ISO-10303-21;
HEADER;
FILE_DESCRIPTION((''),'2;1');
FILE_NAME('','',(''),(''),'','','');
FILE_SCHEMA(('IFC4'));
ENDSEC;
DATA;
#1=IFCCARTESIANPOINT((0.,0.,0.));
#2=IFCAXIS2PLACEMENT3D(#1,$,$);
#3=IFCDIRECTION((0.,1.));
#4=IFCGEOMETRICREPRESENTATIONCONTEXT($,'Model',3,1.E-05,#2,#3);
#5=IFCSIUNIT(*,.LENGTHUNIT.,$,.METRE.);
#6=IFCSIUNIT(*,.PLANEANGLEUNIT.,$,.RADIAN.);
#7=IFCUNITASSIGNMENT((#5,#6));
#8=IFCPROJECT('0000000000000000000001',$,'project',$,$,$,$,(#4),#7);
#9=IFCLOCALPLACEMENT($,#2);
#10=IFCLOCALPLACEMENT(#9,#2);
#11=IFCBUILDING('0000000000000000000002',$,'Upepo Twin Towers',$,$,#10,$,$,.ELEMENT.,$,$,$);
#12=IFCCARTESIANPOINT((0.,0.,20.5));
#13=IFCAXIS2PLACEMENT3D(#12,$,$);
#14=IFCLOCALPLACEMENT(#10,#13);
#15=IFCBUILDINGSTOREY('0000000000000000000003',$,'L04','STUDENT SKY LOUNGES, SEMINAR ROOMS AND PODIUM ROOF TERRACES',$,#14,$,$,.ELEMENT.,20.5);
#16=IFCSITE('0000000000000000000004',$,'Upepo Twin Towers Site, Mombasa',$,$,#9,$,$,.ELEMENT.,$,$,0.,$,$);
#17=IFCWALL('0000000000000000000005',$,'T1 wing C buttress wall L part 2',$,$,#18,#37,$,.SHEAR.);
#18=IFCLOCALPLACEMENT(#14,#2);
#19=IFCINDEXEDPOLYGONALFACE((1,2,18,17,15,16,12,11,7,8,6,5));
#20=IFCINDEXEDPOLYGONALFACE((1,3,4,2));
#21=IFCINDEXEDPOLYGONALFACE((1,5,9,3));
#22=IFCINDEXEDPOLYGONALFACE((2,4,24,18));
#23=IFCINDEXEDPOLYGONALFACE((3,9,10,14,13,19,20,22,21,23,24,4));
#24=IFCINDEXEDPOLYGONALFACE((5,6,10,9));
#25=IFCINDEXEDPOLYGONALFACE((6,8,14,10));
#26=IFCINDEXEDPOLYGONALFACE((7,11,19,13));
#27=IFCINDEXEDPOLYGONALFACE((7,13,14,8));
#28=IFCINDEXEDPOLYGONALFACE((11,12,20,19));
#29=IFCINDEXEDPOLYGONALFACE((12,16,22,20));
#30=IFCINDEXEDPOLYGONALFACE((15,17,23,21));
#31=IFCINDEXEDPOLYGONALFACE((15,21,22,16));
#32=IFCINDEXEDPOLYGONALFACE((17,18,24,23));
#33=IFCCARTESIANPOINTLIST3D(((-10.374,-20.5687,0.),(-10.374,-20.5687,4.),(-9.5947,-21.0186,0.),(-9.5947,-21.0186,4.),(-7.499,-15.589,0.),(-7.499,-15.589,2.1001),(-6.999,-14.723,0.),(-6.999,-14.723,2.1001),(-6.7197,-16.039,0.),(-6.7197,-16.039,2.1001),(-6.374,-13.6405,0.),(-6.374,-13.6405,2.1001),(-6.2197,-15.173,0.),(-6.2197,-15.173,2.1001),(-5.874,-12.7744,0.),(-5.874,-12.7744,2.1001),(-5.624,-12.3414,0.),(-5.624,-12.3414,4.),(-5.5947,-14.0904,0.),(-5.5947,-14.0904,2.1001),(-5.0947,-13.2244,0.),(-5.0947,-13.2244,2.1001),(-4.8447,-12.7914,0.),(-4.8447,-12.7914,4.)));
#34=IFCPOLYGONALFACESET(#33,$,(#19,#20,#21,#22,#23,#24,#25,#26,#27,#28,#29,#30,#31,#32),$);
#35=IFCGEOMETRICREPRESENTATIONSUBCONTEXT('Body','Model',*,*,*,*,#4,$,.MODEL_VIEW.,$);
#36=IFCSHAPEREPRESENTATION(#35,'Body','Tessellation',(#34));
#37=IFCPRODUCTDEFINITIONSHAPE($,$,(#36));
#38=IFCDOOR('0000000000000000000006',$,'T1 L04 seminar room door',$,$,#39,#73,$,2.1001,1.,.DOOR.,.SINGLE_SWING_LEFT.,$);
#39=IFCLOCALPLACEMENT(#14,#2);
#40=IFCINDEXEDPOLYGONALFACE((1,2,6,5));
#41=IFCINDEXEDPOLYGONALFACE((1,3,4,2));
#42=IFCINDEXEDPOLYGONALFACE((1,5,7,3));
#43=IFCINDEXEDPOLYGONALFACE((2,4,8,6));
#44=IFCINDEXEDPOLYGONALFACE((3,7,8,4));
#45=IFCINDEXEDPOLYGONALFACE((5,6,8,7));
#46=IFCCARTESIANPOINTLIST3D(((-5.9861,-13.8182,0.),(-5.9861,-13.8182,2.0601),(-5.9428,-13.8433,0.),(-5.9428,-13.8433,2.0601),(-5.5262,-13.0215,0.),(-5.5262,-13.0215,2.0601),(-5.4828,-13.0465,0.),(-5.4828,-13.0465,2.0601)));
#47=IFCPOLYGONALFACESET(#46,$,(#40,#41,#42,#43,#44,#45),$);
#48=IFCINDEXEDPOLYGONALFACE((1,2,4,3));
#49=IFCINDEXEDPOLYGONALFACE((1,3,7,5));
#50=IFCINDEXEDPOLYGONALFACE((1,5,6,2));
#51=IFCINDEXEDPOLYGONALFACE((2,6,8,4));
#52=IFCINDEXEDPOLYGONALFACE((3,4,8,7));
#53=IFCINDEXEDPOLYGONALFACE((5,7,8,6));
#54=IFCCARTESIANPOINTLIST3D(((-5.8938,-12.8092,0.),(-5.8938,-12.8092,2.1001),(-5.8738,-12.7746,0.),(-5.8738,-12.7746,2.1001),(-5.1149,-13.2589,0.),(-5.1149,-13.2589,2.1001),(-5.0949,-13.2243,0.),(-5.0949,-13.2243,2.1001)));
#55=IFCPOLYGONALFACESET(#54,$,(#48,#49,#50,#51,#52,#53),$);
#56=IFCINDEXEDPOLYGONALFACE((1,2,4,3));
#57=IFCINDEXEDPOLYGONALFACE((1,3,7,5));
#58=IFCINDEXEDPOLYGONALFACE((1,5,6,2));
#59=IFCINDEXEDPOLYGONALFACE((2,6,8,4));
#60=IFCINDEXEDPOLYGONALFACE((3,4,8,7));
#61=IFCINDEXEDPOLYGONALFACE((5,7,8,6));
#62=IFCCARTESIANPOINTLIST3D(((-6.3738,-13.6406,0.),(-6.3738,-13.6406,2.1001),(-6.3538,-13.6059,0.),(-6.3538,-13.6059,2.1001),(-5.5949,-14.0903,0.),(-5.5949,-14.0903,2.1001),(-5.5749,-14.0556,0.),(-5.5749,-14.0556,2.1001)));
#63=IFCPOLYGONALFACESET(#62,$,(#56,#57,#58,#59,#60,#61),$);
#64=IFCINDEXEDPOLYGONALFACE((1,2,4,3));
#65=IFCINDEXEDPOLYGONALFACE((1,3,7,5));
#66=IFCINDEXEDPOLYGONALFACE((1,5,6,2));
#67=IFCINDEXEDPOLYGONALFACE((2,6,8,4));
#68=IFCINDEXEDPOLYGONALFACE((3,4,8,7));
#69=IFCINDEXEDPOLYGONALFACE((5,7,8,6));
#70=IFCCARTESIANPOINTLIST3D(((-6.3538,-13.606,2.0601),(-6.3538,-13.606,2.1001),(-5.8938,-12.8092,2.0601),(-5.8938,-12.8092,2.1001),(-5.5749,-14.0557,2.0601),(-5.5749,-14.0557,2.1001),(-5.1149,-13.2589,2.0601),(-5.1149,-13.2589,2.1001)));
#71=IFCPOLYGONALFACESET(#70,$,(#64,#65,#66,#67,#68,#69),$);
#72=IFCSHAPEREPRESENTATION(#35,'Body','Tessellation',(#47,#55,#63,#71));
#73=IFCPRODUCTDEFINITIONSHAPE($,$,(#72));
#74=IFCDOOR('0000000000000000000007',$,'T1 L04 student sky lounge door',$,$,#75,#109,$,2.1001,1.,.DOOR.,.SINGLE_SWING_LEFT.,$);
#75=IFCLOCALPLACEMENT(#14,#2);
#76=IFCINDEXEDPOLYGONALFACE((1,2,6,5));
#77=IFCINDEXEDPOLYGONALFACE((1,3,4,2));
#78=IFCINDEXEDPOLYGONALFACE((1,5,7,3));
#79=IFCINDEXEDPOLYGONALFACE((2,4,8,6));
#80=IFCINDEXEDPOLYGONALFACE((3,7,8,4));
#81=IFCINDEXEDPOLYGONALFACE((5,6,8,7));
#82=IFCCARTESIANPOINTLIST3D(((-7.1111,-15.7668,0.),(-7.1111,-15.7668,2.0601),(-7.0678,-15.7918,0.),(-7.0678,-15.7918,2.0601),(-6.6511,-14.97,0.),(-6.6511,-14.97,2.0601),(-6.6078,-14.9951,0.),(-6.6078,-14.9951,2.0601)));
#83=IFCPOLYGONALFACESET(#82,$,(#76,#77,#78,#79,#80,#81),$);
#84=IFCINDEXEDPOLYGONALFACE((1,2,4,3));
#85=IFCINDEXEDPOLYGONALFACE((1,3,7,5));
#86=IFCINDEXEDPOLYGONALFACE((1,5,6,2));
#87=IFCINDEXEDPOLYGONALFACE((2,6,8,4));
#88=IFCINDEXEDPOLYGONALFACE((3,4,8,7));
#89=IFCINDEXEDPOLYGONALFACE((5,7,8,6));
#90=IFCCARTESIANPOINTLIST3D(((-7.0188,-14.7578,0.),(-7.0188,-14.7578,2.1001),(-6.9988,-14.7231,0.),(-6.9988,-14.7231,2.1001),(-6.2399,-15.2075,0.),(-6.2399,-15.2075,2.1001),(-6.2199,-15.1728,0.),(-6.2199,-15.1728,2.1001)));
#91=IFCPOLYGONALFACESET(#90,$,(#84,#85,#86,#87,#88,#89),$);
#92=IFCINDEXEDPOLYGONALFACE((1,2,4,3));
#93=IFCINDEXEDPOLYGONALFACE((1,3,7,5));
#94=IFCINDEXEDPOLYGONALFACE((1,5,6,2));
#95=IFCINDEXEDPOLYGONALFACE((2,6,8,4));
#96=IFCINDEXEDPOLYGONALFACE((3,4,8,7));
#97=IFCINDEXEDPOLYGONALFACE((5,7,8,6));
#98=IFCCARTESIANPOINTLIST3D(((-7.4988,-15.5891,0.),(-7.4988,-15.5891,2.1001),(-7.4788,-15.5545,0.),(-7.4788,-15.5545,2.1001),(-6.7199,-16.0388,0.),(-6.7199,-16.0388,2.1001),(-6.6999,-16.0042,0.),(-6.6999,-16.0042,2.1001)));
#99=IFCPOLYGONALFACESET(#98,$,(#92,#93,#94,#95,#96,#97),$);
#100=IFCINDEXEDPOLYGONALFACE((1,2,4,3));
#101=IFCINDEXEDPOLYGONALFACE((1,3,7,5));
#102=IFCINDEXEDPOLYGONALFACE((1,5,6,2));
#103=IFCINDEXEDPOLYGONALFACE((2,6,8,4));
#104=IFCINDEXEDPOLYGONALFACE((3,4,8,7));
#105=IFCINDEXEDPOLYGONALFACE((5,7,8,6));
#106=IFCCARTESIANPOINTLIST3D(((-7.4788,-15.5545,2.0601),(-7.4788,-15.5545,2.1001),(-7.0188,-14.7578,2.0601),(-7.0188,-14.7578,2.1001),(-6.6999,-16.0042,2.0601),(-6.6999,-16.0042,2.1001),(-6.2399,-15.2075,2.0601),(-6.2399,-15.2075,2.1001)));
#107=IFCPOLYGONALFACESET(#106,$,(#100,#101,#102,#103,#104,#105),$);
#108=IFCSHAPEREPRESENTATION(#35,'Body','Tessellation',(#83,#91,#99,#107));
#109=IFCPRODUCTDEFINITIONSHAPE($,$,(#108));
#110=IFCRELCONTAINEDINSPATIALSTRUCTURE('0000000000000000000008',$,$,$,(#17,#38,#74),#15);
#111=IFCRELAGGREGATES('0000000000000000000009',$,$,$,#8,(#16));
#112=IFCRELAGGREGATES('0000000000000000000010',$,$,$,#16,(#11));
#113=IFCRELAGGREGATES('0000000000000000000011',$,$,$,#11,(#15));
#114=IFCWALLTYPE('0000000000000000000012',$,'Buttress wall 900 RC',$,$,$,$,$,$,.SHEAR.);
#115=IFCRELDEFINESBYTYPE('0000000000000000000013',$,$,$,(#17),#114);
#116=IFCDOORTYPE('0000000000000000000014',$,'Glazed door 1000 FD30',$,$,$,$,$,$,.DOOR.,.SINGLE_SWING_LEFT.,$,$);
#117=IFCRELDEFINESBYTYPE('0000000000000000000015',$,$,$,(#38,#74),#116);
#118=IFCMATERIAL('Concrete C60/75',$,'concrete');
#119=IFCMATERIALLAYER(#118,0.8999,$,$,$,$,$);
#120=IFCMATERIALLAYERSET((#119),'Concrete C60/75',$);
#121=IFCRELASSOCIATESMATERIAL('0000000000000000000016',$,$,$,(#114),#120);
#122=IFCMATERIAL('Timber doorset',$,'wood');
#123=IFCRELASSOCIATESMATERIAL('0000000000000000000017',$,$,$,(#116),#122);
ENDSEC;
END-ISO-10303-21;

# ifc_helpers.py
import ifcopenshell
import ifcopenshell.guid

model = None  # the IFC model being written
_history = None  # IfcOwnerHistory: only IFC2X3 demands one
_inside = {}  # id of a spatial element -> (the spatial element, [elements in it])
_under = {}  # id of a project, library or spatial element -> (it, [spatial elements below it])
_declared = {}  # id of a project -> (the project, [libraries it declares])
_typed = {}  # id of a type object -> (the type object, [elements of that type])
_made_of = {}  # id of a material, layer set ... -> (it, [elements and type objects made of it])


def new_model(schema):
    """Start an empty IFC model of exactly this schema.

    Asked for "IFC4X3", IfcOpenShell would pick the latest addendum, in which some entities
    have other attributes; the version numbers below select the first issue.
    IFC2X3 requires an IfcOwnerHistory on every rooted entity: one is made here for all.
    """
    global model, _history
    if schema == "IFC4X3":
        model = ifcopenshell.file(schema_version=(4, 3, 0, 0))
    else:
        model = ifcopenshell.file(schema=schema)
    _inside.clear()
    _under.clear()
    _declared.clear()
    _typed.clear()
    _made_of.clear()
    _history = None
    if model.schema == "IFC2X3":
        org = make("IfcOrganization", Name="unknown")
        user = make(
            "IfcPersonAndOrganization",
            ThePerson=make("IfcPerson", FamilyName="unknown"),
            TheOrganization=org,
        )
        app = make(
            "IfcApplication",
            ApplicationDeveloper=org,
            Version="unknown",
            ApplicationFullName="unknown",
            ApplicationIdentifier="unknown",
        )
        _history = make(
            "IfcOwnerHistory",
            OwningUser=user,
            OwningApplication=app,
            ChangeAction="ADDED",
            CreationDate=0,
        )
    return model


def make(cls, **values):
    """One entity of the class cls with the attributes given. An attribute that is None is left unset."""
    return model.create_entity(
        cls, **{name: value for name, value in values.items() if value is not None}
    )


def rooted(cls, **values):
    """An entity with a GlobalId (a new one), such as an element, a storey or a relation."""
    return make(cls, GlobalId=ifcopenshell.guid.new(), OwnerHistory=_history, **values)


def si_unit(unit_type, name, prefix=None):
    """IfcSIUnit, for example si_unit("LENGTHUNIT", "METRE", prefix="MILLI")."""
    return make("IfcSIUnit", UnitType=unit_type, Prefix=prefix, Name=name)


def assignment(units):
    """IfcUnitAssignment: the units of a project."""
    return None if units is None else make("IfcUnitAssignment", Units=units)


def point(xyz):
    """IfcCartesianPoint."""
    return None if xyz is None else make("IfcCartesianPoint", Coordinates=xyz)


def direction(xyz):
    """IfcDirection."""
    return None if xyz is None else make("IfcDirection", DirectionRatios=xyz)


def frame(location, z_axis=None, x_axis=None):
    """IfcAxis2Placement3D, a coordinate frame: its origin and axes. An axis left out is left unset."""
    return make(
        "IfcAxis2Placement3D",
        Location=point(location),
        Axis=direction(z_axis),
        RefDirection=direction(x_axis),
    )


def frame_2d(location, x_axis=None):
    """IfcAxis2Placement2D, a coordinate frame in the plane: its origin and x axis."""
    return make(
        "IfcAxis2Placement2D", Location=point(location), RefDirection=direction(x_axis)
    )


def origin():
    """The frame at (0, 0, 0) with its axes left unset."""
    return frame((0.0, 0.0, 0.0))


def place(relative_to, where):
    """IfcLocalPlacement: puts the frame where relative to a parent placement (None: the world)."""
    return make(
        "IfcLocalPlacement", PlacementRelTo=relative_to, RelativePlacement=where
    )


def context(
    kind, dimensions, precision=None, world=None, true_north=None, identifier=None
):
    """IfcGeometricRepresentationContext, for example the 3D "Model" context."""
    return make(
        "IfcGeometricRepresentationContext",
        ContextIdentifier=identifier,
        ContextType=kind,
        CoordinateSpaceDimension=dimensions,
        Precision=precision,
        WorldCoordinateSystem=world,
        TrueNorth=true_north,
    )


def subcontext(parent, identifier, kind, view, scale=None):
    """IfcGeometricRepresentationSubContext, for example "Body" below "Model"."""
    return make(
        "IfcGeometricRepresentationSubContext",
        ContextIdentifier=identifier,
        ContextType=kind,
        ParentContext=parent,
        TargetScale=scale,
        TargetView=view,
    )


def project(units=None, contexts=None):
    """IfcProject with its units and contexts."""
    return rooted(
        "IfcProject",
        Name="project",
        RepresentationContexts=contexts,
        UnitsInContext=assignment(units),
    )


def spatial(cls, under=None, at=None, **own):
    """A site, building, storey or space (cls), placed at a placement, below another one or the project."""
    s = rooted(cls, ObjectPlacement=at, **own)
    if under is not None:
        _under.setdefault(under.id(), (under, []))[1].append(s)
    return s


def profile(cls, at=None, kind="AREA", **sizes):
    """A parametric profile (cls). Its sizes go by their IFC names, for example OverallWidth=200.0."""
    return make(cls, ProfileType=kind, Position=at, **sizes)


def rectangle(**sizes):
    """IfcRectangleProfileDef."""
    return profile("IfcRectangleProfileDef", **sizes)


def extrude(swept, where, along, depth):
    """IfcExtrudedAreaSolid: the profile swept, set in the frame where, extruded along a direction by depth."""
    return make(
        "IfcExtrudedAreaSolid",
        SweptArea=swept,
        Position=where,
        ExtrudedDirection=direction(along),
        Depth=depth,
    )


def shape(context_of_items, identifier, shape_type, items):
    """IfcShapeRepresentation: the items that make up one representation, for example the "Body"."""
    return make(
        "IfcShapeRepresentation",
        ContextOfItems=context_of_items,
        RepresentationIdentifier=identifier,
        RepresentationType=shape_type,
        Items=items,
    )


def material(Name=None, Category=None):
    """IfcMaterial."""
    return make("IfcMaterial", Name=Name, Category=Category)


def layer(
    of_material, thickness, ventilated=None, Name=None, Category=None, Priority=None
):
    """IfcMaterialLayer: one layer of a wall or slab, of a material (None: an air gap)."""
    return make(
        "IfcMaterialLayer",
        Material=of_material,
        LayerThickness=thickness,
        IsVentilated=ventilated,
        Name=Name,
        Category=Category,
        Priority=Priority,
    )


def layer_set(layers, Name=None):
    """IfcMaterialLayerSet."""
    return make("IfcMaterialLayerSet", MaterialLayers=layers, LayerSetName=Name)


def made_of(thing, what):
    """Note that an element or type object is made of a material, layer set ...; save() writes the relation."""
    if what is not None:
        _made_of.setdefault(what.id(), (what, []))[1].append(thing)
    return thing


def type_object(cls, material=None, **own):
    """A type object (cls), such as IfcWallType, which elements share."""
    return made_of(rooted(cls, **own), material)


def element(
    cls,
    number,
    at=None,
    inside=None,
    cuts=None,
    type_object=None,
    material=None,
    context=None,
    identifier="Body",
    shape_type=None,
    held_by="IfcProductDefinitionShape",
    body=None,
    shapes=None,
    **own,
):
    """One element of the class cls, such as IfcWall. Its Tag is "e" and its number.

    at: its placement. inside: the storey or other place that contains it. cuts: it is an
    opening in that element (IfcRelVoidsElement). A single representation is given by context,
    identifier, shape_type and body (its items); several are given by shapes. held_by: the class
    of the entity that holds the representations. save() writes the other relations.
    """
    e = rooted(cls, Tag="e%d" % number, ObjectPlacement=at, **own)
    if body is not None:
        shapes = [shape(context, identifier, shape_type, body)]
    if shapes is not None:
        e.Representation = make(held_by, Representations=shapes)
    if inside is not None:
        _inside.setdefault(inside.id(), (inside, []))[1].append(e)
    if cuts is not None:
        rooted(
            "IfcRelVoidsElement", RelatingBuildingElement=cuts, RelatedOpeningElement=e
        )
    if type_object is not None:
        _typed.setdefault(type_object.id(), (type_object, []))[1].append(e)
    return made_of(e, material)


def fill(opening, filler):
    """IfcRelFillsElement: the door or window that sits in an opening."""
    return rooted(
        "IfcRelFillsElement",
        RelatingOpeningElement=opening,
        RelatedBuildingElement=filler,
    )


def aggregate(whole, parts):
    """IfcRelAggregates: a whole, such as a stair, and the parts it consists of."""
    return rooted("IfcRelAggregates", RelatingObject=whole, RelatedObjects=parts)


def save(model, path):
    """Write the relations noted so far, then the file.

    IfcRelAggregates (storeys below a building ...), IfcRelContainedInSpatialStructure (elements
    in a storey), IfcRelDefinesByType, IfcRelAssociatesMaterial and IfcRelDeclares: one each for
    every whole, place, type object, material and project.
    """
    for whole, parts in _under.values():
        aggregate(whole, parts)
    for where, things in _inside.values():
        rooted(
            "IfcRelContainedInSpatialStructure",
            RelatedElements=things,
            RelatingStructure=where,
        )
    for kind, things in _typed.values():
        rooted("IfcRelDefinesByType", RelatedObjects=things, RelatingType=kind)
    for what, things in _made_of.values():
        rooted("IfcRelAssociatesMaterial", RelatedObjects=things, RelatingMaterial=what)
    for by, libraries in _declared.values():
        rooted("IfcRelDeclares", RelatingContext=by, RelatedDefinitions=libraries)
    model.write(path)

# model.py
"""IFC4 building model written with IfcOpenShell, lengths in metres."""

from ifc_helpers import new_model, si_unit, direction, frame, frame_2d, origin, place, context, subcontext, project, spatial, rectangle, extrude, material, layer, layer_set, type_object, element, fill, save


model = new_model("IFC4")

# Units and contexts
model_context = context("Model", 3, precision=1e-05, world=origin(), true_north=direction((0.0, 1.0)))
body_context = subcontext(model_context, "Body", "Model", "MODEL_VIEW")
ifc_project = project(units=[si_unit("LENGTHUNIT", "METRE"), si_unit("PLANEANGLEUNIT", "RADIAN")], contexts=[model_context])

# Site, building, storey
site_placement = place(None, origin())
site = spatial("IfcSite", under=ifc_project, at=site_placement, Name="Upepo Twin Towers Site, Mombasa", CompositionType="ELEMENT", RefElevation=0.0)
building_placement = place(site_placement, origin())
building = spatial("IfcBuilding", under=site, at=building_placement, Name="Upepo Twin Towers", CompositionType="ELEMENT")
storey_placement = place(building_placement, frame((0.0, 0.0, 20.5)))
storey = spatial("IfcBuildingStorey", under=building, at=storey_placement, Name="L04", Description="STUDENT SKY LOUNGES, SEMINAR ROOMS AND PODIUM ROOF TERRACES", CompositionType="ELEMENT", Elevation=20.5)

# Wall, openings, doors
ifc_material_1 = material(Name="Concrete C60/75", Category="concrete")
ifc_layer_1 = layer(ifc_material_1, 0.8999)
ifc_layer_set_1 = layer_set([ifc_layer_1], Name="Concrete C60/75")
wall_type_1 = type_object("IfcWallType", Name="Buttress wall 900 RC", PredefinedType="SHEAR", material=ifc_layer_set_1)
wall_1_placement = place(storey_placement, frame((-5.2344, -12.5664, 0.0), z_axis=(0.0, 0.0, 1.0), x_axis=(-0.499998, -0.866027, 0.0)))
wall_1 = element("IfcWall", 1, at=wall_1_placement, inside=storey, type_object=wall_type_1, Name="T1 wing C buttress wall L part 2", PredefinedType="SHEAR", context=body_context, shape_type="SweptSolid", body=[
    extrude(rectangle(XDim=9.5, YDim=0.8999, at=frame_2d((4.75, 0.0))), origin(), (0.0, 0.0, 1.0), 4.0),
])
opening_1_placement = place(wall_1_placement, frame((0.5, 0.0, 0.0)))
opening_1 = element("IfcOpeningElement", 2, at=opening_1_placement, cuts=wall_1, PredefinedType="OPENING", context=body_context, shape_type="SweptSolid", body=[
    extrude(rectangle(XDim=1.0, YDim=2.1001, at=frame_2d((0.5, 1.05))), frame((0.0, 0.46, 0.0), z_axis=(0.0, -1.0, 0.0), x_axis=(1.0, 0.0, 0.0)), (0.0, 0.0, 1.0), 0.9199),
])
opening_2_placement = place(wall_1_placement, frame((2.75, 0.0, 0.0)))
opening_2 = element("IfcOpeningElement", 3, at=opening_2_placement, cuts=wall_1, PredefinedType="OPENING", context=body_context, shape_type="SweptSolid", body=[
    extrude(rectangle(XDim=1.0, YDim=2.1001, at=frame_2d((0.5, 1.05))), frame((0.0, 0.46, 0.0), z_axis=(0.0, -1.0, 0.0), x_axis=(1.0, 0.0, 0.0)), (0.0, 0.0, 1.0), 0.9199),
])
ifc_material_2 = material(Name="Timber doorset", Category="wood")
door_type = type_object("IfcDoorType", Name="Glazed door 1000 FD30", OperationType="SINGLE_SWING_LEFT", PredefinedType="DOOR", material=ifc_material_2)
door_1_placement = place(opening_1_placement, origin())
door_1 = element("IfcDoor", 4, at=door_1_placement, inside=storey, type_object=door_type, Name="T1 L04 seminar room door", OperationType="SINGLE_SWING_LEFT", OverallHeight=2.1001, OverallWidth=1.0, PredefinedType="DOOR", context=body_context, shape_type="SweptSolid", body=[
    extrude(rectangle(XDim=0.92, YDim=2.0601, at=frame_2d((0.5, 1.03))), frame((0.0, 0.0249, 0.0), z_axis=(0.0, -1.0, 0.0), x_axis=(1.0, 0.0, 0.0)), (0.0, 0.0, 1.0), 0.05),
    extrude(rectangle(XDim=0.04, YDim=2.1001, at=frame_2d((0.02, 1.05))), frame((0.0, 0.4497, 0.0), z_axis=(0.0, -1.0, 0.0), x_axis=(1.0, 0.0, 0.0)), (0.0, 0.0, 1.0), 0.8994),
    extrude(rectangle(XDim=0.04, YDim=2.1001, at=frame_2d((0.98, 1.05))), frame((0.0, 0.4497, 0.0), z_axis=(0.0, -1.0, 0.0), x_axis=(1.0, 0.0, 0.0)), (0.0, 0.0, 1.0), 0.8994),
    extrude(rectangle(XDim=0.92, YDim=0.04, at=frame_2d((0.5, 2.0801))), frame((0.0, 0.4497, 0.0), z_axis=(0.0, -1.0, 0.0), x_axis=(1.0, 0.0, 0.0)), (0.0, 0.0, 1.0), 0.8994),
])
fill(opening_1, door_1)
door_2_placement = place(opening_2_placement, origin())
door_2 = element("IfcDoor", 5, at=door_2_placement, inside=storey, type_object=door_type, Name="T1 L04 student sky lounge door", OperationType="SINGLE_SWING_LEFT", OverallHeight=2.1001, OverallWidth=1.0, PredefinedType="DOOR", context=body_context, shape_type="SweptSolid", body=[
    extrude(rectangle(XDim=0.92, YDim=2.0601, at=frame_2d((0.5, 1.03))), frame((0.0, 0.0249, 0.0), z_axis=(0.0, -1.0, 0.0), x_axis=(1.0, 0.0, 0.0)), (0.0, 0.0, 1.0), 0.05),
    extrude(rectangle(XDim=0.04, YDim=2.1001, at=frame_2d((0.02, 1.05))), frame((0.0, 0.4497, 0.0), z_axis=(0.0, -1.0, 0.0), x_axis=(1.0, 0.0, 0.0)), (0.0, 0.0, 1.0), 0.8994),
    extrude(rectangle(XDim=0.04, YDim=2.1001, at=frame_2d((0.98, 1.05))), frame((0.0, 0.4497, 0.0), z_axis=(0.0, -1.0, 0.0), x_axis=(1.0, 0.0, 0.0)), (0.0, 0.0, 1.0), 0.8994),
    extrude(rectangle(XDim=0.92, YDim=0.04, at=frame_2d((0.5, 2.0801))), frame((0.0, 0.4497, 0.0), z_axis=(0.0, -1.0, 0.0), x_axis=(1.0, 0.0, 0.0)), (0.0, 0.0, 1.0), 0.8994),
])
fill(opening_2, door_2)

save(model, "model.ifc")
